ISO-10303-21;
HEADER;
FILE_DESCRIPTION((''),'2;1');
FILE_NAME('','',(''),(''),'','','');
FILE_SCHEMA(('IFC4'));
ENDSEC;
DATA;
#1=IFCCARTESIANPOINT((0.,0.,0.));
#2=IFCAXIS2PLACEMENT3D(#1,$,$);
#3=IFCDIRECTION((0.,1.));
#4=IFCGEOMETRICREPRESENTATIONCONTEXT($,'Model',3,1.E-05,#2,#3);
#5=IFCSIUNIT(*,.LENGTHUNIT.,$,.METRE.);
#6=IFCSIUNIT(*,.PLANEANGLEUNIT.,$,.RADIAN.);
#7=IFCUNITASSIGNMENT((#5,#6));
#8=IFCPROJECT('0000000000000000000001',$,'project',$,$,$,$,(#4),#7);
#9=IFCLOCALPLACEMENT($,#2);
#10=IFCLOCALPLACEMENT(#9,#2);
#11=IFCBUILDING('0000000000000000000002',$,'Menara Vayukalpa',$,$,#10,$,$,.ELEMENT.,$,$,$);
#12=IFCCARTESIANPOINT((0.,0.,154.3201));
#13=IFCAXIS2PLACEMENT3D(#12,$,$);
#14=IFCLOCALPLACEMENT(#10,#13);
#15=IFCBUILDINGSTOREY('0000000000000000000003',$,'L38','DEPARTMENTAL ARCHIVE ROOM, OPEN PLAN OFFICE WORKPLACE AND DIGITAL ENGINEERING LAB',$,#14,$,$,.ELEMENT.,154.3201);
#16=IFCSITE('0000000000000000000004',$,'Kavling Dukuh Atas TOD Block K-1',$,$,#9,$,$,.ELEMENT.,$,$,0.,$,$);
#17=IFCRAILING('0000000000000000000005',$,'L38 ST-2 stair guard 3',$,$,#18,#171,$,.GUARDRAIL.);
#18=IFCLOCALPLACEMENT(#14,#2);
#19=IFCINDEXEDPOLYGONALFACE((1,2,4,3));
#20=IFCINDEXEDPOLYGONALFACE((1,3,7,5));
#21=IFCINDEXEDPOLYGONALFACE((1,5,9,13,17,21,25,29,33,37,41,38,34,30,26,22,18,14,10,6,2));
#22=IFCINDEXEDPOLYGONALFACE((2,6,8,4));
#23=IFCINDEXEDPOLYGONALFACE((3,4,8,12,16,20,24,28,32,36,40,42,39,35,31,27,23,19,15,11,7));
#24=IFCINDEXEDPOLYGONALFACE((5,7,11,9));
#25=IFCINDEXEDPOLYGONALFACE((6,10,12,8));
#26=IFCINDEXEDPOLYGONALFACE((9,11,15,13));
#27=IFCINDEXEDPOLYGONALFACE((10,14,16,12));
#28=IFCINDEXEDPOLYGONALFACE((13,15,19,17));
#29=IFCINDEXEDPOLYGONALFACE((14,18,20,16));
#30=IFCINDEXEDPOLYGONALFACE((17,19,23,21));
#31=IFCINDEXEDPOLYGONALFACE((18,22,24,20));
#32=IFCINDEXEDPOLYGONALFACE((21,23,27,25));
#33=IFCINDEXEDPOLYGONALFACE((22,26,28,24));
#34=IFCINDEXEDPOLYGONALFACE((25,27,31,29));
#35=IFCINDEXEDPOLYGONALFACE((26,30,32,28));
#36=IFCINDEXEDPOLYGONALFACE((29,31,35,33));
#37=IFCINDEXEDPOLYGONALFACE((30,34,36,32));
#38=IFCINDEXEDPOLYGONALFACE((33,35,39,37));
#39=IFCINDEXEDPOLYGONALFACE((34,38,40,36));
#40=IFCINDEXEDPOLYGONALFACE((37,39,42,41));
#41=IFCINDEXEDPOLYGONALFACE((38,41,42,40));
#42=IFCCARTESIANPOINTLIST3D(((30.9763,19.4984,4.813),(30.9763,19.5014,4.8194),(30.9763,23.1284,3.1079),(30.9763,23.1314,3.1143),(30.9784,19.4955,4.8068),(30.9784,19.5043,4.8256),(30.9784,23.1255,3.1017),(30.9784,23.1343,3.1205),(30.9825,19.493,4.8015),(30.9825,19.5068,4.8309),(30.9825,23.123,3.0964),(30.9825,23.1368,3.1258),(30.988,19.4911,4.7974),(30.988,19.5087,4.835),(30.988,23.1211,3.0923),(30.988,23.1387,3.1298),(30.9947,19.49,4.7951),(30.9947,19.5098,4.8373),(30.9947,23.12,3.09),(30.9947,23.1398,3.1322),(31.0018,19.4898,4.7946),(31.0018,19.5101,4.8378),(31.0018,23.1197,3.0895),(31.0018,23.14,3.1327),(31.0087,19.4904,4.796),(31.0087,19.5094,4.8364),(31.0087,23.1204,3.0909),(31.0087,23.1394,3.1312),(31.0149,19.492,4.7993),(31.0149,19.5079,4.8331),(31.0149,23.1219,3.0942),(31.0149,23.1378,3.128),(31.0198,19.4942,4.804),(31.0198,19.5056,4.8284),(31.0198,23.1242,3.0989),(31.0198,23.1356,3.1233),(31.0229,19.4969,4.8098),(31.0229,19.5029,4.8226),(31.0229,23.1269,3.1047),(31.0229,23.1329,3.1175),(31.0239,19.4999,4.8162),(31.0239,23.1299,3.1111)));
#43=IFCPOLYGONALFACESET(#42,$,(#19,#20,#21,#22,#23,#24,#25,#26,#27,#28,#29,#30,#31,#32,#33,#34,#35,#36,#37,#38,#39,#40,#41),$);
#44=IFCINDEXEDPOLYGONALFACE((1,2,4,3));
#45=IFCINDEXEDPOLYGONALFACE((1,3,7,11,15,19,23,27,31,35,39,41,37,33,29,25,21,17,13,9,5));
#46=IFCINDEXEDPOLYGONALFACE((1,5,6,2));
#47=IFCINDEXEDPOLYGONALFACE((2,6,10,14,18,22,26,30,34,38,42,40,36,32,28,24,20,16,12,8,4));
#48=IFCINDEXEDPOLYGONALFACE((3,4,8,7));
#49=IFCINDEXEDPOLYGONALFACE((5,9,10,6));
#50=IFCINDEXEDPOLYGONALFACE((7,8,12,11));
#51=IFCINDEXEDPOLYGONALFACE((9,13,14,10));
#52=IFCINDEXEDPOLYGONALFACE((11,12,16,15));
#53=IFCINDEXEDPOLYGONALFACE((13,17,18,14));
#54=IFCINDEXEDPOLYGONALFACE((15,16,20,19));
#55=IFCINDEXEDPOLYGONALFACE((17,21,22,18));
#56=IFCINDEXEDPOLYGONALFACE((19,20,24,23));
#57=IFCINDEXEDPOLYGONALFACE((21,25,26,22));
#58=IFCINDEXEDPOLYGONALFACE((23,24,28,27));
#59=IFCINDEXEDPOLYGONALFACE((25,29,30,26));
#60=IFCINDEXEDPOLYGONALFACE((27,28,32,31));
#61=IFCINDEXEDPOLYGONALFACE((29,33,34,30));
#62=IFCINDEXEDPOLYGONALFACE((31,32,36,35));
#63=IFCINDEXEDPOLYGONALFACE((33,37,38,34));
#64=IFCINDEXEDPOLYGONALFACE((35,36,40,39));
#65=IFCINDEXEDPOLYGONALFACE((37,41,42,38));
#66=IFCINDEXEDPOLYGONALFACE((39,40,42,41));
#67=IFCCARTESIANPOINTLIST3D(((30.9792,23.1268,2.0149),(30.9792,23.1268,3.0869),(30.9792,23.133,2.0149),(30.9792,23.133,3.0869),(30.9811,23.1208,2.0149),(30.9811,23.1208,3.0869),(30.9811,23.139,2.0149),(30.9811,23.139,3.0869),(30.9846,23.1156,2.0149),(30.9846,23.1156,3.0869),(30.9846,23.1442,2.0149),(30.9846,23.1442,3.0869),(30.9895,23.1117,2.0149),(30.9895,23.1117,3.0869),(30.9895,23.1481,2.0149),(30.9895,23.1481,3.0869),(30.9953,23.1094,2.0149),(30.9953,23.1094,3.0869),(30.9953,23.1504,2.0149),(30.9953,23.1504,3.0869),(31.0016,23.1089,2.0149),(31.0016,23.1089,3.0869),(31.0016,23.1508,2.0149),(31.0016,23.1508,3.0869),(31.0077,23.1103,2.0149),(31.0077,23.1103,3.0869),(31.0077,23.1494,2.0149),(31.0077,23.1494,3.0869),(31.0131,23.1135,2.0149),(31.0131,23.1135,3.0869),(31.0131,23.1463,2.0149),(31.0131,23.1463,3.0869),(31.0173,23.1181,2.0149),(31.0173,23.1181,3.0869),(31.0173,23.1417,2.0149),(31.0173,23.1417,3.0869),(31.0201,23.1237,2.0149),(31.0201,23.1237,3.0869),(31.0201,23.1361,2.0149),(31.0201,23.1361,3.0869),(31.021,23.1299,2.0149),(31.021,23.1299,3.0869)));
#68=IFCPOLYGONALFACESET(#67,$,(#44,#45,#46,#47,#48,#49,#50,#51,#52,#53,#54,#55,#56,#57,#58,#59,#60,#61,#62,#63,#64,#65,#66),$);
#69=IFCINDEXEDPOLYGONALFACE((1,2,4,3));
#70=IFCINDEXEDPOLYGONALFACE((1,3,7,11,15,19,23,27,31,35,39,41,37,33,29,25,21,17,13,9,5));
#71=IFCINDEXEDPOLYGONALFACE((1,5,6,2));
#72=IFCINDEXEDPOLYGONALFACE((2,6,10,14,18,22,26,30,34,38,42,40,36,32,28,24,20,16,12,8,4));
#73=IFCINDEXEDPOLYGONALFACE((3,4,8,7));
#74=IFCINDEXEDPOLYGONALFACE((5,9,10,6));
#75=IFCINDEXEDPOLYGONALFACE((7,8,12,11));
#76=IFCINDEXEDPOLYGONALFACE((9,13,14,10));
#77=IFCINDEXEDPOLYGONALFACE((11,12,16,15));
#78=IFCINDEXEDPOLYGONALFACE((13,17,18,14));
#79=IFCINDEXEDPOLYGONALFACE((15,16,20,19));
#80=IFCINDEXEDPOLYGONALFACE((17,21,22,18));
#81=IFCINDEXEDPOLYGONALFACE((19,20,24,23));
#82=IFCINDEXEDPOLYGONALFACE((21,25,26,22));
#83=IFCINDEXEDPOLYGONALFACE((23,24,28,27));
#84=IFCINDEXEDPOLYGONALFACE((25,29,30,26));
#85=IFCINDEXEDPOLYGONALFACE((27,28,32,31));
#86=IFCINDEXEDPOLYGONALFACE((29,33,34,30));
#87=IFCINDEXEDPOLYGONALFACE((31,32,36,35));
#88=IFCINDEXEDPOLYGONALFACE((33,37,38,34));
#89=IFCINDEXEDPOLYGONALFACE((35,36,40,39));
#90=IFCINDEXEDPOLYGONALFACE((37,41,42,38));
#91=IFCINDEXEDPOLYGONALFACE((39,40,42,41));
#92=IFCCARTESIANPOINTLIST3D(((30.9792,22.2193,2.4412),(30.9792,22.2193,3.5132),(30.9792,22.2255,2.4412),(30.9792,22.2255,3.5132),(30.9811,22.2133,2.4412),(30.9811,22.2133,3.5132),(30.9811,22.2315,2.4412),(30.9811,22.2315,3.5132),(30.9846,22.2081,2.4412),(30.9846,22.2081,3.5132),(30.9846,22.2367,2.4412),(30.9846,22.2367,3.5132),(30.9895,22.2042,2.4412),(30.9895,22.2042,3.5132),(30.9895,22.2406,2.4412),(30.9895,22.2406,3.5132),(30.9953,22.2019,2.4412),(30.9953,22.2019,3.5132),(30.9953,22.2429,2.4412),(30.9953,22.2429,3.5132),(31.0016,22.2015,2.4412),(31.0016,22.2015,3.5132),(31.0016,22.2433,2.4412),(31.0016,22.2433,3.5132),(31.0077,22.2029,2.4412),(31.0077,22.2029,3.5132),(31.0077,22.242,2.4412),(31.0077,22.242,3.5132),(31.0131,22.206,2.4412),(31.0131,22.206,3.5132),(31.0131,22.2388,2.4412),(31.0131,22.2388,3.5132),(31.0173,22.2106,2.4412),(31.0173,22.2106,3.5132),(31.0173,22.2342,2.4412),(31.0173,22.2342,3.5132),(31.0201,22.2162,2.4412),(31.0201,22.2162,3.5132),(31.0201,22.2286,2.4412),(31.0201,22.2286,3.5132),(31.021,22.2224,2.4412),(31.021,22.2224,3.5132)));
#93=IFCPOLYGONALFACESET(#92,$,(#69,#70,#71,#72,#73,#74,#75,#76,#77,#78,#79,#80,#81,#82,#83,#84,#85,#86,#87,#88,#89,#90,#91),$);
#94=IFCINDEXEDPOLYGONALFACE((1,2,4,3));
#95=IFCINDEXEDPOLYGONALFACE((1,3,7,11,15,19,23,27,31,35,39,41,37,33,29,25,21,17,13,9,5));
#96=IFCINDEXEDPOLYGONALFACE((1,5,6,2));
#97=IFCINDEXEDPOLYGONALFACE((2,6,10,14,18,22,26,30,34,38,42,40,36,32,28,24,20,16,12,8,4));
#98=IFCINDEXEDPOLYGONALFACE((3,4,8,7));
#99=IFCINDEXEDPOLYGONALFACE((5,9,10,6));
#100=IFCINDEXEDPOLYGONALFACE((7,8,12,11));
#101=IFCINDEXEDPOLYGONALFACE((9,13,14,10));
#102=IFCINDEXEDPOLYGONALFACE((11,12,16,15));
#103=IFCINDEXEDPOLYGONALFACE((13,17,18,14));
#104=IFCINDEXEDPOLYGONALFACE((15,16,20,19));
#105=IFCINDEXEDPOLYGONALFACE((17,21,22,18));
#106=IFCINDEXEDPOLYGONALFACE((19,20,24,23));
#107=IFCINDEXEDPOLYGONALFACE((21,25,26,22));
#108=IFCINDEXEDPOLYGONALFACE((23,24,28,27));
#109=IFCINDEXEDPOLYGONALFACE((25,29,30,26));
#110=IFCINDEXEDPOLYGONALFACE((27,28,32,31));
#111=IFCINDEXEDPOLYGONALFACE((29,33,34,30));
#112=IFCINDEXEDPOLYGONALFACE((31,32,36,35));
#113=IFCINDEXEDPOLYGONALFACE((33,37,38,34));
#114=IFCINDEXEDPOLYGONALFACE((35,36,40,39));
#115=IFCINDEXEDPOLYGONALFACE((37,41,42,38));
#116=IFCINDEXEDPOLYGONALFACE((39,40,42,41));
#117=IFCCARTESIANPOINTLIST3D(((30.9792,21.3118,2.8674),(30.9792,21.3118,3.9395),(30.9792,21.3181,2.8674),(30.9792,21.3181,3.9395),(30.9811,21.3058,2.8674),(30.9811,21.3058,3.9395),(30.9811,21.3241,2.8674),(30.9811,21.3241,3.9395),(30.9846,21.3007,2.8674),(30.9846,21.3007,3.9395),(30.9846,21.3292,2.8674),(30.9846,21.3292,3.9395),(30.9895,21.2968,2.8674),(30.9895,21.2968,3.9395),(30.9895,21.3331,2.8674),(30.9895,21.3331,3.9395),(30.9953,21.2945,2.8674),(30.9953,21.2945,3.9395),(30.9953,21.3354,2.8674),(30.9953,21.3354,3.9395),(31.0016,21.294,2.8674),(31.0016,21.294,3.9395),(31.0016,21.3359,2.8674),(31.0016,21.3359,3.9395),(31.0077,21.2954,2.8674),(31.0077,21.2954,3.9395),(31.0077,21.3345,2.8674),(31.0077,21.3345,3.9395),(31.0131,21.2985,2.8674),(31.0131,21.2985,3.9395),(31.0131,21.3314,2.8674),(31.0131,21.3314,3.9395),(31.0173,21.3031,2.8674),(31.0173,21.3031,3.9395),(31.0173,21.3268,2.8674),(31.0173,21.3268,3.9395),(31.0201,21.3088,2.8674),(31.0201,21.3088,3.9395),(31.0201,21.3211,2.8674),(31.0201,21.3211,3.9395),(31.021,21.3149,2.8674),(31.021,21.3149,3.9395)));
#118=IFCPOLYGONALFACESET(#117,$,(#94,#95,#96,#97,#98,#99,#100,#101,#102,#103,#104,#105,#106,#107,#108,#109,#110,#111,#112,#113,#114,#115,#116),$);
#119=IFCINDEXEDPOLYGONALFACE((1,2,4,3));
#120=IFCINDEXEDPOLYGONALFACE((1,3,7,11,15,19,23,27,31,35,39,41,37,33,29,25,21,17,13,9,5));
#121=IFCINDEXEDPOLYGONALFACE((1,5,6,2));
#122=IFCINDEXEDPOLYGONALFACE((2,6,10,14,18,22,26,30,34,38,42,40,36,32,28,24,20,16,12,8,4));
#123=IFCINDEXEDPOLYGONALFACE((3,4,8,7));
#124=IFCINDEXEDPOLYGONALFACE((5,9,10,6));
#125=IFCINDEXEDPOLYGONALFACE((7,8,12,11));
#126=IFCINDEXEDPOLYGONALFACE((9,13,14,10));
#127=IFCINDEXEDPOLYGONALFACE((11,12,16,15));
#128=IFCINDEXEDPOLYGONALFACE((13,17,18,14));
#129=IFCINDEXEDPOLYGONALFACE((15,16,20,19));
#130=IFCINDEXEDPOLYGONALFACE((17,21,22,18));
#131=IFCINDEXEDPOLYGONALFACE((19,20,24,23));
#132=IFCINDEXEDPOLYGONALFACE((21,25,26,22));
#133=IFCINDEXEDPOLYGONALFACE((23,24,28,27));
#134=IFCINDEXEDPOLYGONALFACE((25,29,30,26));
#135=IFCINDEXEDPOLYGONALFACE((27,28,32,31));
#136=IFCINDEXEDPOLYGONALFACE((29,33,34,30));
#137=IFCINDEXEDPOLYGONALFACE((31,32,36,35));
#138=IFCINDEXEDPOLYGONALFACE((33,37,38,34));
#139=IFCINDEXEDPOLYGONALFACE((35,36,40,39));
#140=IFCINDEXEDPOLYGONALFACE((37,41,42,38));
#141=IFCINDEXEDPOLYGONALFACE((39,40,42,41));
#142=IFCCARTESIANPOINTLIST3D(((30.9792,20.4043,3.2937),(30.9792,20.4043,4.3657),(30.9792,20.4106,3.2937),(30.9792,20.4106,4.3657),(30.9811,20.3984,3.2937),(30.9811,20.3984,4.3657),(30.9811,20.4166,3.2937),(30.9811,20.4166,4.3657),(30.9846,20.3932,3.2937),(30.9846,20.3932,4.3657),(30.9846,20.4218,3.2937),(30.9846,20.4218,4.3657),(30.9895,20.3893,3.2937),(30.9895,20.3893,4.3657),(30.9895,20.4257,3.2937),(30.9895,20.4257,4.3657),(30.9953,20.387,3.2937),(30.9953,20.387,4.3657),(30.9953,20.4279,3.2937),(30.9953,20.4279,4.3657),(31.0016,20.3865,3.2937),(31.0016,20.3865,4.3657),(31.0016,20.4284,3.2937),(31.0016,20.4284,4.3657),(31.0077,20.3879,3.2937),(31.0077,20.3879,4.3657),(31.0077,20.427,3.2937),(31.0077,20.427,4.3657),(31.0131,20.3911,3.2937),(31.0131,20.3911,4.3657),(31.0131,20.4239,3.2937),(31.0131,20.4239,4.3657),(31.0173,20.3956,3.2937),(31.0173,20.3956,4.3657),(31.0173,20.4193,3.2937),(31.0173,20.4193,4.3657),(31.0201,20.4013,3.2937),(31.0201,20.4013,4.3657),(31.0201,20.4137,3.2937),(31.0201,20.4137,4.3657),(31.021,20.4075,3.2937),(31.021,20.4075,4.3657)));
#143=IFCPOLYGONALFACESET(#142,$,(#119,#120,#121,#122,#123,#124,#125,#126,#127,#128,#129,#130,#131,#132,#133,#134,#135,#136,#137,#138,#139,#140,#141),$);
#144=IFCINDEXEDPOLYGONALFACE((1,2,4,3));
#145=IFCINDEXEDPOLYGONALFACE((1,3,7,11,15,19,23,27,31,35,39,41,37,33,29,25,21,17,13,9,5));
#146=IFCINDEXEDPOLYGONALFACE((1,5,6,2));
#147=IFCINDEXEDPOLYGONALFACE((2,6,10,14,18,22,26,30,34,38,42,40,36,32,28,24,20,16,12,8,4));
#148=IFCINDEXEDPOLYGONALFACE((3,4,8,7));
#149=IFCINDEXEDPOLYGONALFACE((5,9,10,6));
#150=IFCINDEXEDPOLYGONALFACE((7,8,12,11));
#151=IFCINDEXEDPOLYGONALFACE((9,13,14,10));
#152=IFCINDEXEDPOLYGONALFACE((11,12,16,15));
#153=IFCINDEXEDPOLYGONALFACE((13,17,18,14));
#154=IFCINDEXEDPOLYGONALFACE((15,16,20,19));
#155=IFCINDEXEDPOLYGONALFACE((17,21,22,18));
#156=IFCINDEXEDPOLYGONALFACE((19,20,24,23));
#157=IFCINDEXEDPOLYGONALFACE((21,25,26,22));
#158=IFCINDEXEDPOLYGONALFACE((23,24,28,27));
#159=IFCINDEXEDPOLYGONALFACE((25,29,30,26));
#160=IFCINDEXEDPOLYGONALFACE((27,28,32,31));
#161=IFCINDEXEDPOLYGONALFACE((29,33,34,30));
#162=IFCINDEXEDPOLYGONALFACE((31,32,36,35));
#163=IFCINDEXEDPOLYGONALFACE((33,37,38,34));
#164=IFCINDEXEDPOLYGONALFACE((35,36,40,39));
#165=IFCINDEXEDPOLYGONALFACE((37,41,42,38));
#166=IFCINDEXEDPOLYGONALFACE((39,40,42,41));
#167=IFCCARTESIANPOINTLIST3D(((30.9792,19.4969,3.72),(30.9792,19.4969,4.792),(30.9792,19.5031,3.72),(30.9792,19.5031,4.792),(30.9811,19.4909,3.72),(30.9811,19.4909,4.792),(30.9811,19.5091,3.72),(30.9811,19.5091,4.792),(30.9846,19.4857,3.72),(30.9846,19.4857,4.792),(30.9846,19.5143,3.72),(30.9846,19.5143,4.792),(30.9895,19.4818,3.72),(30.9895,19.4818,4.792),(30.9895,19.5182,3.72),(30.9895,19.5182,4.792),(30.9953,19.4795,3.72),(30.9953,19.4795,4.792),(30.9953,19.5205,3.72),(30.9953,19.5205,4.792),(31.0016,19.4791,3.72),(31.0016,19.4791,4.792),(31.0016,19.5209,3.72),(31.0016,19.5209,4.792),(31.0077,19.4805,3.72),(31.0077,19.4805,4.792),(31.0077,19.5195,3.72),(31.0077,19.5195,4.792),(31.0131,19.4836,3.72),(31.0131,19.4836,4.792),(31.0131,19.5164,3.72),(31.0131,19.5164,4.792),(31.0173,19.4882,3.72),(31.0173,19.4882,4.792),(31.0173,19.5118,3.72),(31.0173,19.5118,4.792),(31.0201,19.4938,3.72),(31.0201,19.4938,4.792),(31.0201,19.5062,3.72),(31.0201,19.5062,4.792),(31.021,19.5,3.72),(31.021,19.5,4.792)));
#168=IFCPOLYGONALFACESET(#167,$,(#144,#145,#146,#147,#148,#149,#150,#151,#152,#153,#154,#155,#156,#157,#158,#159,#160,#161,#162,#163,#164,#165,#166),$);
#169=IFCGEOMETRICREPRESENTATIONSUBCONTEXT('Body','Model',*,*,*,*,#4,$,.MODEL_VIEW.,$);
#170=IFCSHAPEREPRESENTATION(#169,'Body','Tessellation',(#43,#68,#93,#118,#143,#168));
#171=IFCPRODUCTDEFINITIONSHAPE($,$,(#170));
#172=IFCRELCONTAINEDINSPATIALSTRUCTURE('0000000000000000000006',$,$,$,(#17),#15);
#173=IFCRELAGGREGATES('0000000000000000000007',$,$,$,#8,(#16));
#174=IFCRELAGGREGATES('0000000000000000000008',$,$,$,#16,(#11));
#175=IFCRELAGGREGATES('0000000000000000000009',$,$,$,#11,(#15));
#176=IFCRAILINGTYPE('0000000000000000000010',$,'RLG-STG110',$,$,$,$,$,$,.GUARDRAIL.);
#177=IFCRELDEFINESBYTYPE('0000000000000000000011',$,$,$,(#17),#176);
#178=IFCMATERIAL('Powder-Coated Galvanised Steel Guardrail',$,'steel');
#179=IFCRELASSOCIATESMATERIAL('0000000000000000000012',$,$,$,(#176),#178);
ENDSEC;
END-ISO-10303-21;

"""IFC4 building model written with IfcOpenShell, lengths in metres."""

from ifc_helpers import new_model, si_unit, direction, frame, origin, origin_2d, place, context, subcontext, project, spatial, circle, extrude, material, type_object, element, save


model = new_model("IFC4")

# Units and contexts
model_context = context("Model", 3, precision=1e-05, world=origin(), true_north=direction((0.0, 1.0)))
body_context = subcontext(model_context, "Body", "Model", "MODEL_VIEW")
ifc_project = project(units=[si_unit("LENGTHUNIT", "METRE"), si_unit("PLANEANGLEUNIT", "RADIAN")], contexts=[model_context])

# Site, building, storey
site_placement = place(None, origin())
site = spatial("IfcSite", under=ifc_project, at=site_placement, Name="Kavling Dukuh Atas TOD Block K-1", CompositionType="ELEMENT", RefElevation=0.0)
building_placement = place(site_placement, origin())
building = spatial("IfcBuilding", under=site, at=building_placement, Name="Menara Vayukalpa", CompositionType="ELEMENT")
storey_placement = place(building_placement, frame((0.0, 0.0, 154.3201)))
storey = spatial("IfcBuildingStorey", under=building, at=storey_placement, Name="L38", Description="DEPARTMENTAL ARCHIVE ROOM, OPEN PLAN OFFICE WORKPLACE AND DIGITAL ENGINEERING LAB", CompositionType="ELEMENT", Elevation=154.3201)

# Railing
ifc_material_1 = material(Name="Powder-Coated Galvanised Steel Guardrail", Category="steel")
railing_type_1 = type_object("IfcRailingType", Name="RLG-STG110", PredefinedType="GUARDRAIL", material=ifc_material_1)
railing_1_placement = place(storey_placement, frame((31.0, 23.1299, 2.0149)))
element("IfcRailing", 1, at=railing_1_placement, inside=storey, type_object=railing_type_1, Name="L38 ST-2 stair guard 3", PredefinedType="GUARDRAIL", context=body_context, shape_type="SweptSolid", body=[
    extrude(circle(Radius=0.0239, at=origin_2d()), frame((0.0, 0.0, 1.0962), z_axis=(0.0, -0.905116, 0.425164), x_axis=(1.0, 0.0, 0.0)), (0.0, 0.0, 1.0), 4.0105),
    extrude(circle(Radius=0.021, at=origin_2d()), origin(), (0.0, 0.0, 1.0), 1.072),
    extrude(circle(Radius=0.021, at=origin_2d()), frame((0.0, -0.9075, 0.4263)), (0.0, 0.0, 1.0), 1.072),
    extrude(circle(Radius=0.021, at=origin_2d()), frame((0.0, -1.8149, 0.8525)), (0.0, 0.0, 1.0), 1.072),
    extrude(circle(Radius=0.021, at=origin_2d()), frame((0.0, -2.7224, 1.2788)), (0.0, 0.0, 1.0), 1.072),
    extrude(circle(Radius=0.021, at=origin_2d()), frame((0.0, -3.6299, 1.7051)), (0.0, 0.0, 1.0), 1.072),
])

save(model, "model.ifc")
